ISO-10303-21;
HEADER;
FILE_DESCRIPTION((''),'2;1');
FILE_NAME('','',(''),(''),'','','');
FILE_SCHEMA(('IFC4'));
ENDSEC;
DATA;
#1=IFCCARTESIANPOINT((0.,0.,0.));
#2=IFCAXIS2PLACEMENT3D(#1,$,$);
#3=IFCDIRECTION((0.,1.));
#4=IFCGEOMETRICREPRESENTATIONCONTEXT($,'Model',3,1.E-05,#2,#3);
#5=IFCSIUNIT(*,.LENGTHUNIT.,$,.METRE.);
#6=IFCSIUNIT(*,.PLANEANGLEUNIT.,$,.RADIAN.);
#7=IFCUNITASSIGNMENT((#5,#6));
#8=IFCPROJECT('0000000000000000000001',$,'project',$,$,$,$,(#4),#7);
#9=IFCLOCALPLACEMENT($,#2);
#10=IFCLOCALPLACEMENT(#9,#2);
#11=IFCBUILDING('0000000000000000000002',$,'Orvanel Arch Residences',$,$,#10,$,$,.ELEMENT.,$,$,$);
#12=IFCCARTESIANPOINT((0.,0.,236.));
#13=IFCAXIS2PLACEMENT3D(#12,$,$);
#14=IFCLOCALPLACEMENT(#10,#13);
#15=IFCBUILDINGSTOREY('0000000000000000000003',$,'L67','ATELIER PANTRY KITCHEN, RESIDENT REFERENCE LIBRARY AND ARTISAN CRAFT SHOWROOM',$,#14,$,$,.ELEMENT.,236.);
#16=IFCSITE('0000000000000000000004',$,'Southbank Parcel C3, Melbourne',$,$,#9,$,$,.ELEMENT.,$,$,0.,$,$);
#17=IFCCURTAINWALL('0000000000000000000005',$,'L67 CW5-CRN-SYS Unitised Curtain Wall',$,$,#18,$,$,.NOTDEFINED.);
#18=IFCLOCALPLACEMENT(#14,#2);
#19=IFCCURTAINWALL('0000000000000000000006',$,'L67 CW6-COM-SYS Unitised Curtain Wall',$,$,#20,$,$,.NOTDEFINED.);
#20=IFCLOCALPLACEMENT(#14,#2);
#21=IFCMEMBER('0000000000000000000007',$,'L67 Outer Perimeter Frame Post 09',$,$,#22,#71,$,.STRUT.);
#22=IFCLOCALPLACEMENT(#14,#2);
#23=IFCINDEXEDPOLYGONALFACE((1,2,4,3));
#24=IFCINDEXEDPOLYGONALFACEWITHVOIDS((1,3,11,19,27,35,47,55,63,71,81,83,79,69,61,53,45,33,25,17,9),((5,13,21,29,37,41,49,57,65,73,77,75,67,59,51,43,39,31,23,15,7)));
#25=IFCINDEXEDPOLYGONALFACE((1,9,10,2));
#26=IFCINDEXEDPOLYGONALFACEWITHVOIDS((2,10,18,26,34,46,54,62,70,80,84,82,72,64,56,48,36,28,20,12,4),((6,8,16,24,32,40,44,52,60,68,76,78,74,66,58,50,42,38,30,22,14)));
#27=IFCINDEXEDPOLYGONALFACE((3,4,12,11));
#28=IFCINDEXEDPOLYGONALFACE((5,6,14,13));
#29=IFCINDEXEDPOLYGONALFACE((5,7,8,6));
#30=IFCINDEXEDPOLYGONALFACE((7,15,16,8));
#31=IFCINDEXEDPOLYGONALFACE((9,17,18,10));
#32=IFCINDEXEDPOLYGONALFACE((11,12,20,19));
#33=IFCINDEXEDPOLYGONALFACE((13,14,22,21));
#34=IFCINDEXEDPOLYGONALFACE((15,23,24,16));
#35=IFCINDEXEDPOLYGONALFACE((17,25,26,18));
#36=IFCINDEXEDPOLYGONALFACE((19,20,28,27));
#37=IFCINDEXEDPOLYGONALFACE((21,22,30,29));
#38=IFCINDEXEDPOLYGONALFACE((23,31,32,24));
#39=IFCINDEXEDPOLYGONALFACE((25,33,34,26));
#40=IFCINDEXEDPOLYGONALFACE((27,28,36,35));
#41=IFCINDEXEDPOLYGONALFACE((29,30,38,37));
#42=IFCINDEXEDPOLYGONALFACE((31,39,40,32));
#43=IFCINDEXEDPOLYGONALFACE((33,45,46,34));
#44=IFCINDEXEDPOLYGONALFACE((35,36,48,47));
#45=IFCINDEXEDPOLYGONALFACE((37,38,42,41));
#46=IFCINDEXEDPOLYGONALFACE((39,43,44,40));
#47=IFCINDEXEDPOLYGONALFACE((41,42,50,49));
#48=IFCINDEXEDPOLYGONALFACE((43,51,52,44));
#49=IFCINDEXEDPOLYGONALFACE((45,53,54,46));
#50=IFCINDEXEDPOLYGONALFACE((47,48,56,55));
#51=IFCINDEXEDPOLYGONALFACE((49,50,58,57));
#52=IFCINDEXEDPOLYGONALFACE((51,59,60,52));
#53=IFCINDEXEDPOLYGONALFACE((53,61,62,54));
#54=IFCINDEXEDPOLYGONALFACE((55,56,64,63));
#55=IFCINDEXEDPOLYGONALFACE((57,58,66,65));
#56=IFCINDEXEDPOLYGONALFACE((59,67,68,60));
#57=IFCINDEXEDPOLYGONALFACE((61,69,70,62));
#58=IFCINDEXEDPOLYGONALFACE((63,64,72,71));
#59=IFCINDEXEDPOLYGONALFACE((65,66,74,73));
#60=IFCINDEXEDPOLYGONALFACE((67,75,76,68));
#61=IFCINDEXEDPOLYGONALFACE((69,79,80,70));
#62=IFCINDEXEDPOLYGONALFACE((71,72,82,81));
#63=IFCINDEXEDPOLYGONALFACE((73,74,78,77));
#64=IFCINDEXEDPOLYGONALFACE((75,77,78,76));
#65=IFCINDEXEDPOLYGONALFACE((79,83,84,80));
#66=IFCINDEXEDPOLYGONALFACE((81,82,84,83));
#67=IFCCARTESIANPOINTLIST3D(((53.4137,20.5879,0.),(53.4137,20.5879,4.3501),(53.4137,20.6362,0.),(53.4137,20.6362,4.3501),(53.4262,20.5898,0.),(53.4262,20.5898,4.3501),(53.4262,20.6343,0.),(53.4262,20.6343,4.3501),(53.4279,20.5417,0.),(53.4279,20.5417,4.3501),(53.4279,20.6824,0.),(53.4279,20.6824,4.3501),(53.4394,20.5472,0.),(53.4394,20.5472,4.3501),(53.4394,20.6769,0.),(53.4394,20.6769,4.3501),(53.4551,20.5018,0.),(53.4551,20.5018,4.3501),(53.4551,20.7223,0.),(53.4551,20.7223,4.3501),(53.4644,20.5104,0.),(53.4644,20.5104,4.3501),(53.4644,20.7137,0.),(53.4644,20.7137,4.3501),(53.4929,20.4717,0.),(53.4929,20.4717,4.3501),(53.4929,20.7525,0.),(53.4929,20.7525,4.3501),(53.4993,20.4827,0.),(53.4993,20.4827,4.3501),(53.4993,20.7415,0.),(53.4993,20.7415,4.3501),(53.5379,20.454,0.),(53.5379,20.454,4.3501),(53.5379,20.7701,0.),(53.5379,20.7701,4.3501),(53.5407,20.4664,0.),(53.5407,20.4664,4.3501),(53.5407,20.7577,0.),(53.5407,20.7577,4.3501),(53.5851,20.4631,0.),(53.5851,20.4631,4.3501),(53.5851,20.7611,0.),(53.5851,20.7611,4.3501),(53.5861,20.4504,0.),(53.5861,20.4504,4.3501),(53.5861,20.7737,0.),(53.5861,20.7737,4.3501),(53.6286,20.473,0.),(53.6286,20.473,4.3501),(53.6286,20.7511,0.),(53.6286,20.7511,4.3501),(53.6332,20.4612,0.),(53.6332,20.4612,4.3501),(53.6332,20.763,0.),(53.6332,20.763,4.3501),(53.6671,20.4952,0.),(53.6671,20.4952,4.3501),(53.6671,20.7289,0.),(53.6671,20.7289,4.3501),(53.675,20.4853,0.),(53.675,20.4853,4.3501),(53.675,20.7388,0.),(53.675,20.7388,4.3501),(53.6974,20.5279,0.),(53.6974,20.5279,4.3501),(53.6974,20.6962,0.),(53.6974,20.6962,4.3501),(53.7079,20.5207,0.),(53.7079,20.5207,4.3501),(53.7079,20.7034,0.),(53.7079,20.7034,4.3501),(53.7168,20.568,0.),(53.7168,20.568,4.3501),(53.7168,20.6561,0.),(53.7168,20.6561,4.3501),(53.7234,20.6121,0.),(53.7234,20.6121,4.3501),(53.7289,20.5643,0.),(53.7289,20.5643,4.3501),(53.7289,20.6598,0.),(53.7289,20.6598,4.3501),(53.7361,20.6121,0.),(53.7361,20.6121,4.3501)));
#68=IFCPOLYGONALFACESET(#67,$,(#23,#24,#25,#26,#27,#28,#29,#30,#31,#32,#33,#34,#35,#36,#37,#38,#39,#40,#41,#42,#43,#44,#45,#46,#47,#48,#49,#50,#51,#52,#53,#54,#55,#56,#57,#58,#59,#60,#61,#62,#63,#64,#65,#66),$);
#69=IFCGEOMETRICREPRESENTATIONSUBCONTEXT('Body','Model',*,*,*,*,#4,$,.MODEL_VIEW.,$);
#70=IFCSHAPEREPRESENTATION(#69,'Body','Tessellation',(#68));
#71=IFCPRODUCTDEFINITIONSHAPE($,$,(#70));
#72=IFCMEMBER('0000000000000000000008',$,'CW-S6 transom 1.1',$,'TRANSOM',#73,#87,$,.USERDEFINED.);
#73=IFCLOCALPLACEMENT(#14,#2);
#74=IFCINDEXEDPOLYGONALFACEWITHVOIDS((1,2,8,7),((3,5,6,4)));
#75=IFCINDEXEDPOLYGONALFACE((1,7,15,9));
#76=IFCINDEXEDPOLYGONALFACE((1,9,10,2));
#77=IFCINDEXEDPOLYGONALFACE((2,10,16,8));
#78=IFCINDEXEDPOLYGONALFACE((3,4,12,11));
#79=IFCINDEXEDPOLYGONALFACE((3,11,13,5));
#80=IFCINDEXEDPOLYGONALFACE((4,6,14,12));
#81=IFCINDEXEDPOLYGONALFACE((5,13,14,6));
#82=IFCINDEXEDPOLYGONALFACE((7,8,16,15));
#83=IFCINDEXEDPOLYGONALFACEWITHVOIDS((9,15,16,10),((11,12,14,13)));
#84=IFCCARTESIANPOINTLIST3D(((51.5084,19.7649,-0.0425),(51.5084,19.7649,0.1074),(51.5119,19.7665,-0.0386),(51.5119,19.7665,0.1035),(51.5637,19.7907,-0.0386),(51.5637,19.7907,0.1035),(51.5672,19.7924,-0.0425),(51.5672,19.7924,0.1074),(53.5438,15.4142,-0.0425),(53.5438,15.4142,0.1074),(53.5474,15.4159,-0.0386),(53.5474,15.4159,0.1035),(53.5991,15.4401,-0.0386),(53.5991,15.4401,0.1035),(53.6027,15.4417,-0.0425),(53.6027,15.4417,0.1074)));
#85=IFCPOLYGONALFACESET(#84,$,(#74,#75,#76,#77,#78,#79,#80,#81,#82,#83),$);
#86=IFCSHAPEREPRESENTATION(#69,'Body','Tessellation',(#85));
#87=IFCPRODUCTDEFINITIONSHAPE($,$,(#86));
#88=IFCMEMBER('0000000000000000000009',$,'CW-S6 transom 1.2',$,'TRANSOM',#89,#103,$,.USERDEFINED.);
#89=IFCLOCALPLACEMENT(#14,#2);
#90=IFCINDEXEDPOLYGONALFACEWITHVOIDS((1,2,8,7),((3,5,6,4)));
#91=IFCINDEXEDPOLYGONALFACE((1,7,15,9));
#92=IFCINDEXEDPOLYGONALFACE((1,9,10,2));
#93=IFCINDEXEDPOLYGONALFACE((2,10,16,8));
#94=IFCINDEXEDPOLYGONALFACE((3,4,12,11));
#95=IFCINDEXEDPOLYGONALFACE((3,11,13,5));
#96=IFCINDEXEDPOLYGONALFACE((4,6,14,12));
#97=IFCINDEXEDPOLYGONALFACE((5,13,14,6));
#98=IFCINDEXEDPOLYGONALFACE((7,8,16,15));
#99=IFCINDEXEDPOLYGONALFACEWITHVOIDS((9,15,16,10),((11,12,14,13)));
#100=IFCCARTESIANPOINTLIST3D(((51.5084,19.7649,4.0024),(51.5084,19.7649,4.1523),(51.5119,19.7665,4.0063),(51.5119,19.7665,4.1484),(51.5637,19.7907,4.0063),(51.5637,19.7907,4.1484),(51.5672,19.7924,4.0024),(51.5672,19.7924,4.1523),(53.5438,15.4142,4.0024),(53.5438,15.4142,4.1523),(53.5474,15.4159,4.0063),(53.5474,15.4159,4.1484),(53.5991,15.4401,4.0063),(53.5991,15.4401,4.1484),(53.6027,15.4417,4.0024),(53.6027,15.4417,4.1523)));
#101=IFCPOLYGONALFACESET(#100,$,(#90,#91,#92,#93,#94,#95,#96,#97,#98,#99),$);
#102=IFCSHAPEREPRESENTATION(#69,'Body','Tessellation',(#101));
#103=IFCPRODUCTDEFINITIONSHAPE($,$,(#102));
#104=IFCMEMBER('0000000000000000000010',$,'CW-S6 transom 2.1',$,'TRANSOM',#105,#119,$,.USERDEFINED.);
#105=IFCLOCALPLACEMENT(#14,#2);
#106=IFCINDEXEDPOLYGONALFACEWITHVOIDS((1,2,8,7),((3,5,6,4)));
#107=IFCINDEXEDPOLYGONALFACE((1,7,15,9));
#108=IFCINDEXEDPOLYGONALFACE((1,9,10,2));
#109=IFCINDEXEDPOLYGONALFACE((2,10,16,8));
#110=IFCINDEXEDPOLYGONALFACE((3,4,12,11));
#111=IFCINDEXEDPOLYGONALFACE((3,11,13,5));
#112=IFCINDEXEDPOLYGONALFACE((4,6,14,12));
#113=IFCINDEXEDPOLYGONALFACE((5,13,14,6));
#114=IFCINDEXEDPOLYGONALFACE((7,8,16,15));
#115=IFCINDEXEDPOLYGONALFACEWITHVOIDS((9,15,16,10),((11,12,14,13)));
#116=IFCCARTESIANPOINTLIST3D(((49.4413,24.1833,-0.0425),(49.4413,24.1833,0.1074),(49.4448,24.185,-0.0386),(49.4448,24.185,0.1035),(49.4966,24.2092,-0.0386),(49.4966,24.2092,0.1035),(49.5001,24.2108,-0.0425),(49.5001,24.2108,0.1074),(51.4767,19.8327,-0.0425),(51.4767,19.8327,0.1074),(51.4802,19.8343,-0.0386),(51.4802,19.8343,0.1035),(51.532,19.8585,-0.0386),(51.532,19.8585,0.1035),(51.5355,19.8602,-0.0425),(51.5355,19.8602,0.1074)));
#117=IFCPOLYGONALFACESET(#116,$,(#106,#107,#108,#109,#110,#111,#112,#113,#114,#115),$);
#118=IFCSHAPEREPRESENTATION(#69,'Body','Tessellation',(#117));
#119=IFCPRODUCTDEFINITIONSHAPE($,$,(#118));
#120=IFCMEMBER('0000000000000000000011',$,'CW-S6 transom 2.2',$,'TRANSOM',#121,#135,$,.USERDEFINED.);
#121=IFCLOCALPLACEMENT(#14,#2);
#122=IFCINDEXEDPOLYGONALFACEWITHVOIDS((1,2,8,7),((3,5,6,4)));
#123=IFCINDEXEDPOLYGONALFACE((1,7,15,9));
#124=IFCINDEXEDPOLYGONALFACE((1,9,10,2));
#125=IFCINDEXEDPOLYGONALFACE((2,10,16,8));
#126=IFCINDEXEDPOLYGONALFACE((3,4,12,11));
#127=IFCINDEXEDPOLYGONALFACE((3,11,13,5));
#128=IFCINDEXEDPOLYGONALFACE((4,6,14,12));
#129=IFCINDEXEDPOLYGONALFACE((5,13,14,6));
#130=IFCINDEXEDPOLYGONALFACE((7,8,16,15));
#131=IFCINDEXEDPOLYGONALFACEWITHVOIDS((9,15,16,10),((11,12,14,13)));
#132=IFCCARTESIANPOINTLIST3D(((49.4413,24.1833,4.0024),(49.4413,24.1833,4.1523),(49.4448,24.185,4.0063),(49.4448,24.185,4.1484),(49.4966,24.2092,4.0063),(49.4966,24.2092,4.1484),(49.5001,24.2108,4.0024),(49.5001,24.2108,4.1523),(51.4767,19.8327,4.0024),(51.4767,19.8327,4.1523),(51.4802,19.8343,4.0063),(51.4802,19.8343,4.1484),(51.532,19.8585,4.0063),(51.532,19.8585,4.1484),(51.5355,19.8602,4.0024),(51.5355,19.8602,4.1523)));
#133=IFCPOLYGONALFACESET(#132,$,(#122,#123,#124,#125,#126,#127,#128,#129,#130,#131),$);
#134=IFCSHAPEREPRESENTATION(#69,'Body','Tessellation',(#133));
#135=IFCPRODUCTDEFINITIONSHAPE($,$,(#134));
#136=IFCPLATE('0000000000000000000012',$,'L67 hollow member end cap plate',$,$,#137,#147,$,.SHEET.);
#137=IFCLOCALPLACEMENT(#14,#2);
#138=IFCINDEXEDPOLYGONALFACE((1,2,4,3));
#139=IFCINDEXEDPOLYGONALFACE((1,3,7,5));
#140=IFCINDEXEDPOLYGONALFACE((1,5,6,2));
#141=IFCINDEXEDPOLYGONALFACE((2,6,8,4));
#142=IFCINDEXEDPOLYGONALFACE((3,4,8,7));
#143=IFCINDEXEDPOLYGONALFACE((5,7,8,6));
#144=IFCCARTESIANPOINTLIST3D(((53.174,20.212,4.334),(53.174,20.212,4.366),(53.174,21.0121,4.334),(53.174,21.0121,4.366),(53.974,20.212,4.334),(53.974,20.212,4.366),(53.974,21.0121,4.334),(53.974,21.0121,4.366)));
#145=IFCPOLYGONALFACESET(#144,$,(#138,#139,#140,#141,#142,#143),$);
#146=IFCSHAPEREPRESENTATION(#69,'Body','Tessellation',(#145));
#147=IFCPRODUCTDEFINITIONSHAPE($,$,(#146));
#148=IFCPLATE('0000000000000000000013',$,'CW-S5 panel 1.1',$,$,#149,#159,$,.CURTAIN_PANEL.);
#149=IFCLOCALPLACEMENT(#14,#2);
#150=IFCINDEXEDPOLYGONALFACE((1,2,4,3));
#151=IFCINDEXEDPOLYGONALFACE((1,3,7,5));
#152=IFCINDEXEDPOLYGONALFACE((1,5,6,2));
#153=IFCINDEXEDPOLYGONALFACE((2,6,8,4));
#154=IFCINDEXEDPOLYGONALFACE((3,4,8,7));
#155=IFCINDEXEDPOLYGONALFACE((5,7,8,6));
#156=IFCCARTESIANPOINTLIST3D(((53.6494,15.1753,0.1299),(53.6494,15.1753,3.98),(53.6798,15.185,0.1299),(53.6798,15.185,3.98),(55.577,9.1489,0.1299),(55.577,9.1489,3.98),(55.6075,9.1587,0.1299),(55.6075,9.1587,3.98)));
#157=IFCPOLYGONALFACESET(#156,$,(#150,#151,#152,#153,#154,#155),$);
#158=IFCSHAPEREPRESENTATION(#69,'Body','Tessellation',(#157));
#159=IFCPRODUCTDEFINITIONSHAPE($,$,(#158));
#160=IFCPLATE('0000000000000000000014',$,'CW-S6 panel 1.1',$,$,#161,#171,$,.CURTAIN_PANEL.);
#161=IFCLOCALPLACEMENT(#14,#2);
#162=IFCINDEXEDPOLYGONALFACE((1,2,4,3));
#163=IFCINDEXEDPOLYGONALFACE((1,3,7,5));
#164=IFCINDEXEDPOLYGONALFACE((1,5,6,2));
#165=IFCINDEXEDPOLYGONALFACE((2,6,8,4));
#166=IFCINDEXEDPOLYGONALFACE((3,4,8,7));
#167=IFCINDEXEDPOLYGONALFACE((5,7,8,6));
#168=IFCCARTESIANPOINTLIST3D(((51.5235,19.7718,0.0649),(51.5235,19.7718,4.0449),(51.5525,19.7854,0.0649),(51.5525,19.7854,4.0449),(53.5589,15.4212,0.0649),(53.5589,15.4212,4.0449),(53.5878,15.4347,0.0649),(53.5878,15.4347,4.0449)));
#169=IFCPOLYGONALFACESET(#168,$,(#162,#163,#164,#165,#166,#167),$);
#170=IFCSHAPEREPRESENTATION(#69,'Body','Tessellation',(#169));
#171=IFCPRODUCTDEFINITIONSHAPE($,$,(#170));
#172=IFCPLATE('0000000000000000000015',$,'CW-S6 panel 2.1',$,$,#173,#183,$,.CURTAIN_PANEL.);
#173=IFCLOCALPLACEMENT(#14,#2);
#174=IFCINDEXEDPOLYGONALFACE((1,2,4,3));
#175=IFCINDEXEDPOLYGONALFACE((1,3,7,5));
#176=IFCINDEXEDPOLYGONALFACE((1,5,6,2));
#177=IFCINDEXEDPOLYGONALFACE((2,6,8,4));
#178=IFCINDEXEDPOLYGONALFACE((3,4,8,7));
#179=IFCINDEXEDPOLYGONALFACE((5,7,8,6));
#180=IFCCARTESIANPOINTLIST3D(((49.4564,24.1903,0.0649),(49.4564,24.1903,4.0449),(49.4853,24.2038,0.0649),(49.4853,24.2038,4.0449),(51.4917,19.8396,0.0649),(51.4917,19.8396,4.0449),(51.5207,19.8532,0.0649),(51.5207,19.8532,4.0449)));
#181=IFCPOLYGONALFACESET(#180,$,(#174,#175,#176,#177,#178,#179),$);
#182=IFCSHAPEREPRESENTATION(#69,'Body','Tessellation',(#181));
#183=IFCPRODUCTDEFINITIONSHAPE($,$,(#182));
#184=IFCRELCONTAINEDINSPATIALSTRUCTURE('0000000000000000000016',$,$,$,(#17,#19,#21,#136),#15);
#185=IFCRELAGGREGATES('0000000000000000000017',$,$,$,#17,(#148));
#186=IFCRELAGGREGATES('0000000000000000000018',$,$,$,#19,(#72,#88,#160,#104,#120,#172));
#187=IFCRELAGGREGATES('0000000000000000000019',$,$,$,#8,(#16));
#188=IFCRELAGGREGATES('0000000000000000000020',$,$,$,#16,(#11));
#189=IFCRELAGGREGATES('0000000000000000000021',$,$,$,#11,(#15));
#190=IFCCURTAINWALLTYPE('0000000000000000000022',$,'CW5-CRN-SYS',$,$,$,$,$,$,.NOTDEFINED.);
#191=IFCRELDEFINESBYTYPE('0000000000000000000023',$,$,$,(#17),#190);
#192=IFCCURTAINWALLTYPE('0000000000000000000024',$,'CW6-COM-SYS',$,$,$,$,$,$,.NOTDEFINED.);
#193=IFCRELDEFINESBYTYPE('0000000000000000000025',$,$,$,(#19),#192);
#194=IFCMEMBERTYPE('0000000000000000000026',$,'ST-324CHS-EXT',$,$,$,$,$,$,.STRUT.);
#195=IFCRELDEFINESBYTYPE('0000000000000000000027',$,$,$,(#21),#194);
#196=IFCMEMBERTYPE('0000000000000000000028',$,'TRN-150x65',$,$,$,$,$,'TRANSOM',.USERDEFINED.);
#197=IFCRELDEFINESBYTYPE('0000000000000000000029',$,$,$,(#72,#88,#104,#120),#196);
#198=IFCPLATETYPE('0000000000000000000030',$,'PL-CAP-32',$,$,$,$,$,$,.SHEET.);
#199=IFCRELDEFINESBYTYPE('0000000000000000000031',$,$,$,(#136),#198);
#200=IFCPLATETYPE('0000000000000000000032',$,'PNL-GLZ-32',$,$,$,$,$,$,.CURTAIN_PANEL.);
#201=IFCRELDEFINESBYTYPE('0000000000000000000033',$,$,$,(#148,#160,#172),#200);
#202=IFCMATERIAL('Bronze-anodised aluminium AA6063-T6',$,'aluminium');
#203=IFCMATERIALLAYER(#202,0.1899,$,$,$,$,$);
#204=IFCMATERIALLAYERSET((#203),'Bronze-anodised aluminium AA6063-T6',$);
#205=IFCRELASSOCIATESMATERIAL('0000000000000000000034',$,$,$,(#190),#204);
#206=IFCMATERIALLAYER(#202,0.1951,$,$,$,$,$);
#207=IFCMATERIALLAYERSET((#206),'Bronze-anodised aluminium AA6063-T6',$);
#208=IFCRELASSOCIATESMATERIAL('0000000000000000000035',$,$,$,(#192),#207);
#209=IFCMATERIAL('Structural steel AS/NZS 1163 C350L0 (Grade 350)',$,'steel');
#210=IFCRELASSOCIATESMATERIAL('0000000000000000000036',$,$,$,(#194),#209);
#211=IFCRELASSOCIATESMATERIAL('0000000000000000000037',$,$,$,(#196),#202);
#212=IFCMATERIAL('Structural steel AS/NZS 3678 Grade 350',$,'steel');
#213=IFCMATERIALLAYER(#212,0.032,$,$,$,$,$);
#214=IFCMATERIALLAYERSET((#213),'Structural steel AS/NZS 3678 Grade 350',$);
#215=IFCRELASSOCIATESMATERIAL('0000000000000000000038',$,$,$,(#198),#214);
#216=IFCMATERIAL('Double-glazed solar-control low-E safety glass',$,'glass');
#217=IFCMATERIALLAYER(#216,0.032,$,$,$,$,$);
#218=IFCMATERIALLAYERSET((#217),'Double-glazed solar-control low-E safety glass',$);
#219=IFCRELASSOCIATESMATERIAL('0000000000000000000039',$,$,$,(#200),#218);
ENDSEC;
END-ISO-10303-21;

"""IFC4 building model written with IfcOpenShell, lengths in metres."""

from ifc_helpers import new_model, si_unit, direction, frame, origin, origin_2d, place, context, subcontext, project, spatial, rectangle, hollow_rectangle, hollow_circle, extrude, material, layer, layer_set, material_profile, profile_set, type_object, element, aggregate, save


model = new_model("IFC4")

# Units and contexts
model_context = context("Model", 3, precision=1e-05, world=origin(), true_north=direction((0.0, 1.0)))
body_context = subcontext(model_context, "Body", "Model", "MODEL_VIEW")
ifc_project = project(units=[si_unit("LENGTHUNIT", "METRE"), si_unit("PLANEANGLEUNIT", "RADIAN")], contexts=[model_context])

# Site, building, storey
site_placement = place(None, origin())
site = spatial("IfcSite", under=ifc_project, at=site_placement, Name="Southbank Parcel C3, Melbourne", CompositionType="ELEMENT", RefElevation=0.0)
building_placement = place(site_placement, origin())
building = spatial("IfcBuilding", under=site, at=building_placement, Name="Orvanel Arch Residences", CompositionType="ELEMENT")
storey_placement = place(building_placement, frame((0.0, 0.0, 236.0)))
storey = spatial("IfcBuildingStorey", under=building, at=storey_placement, Name="L67", Description="ATELIER PANTRY KITCHEN, RESIDENT REFERENCE LIBRARY AND ARTISAN CRAFT SHOWROOM", CompositionType="ELEMENT", Elevation=236.0)

# Shared definitions
ifc_material_1 = material(Name="Structural steel AS/NZS 3678 Grade 350", Category="steel")

# Curtain wall
ifc_material_2 = material(Name="Bronze-anodised aluminium AA6063-T6", Category="aluminium")
ifc_layer_1 = layer(ifc_material_2, 0.1899)
ifc_layer_set_1 = layer_set([ifc_layer_1], Name="Bronze-anodised aluminium AA6063-T6")
curtain_wall_type_1 = type_object("IfcCurtainWallType", Name="CW5-CRN-SYS", PredefinedType="NOTDEFINED", material=ifc_layer_set_1)
curtain_wall_1_placement = place(storey_placement, origin())
curtain_wall_1 = element("IfcCurtainWall", 1, at=curtain_wall_1_placement, inside=storey, type_object=curtain_wall_type_1, Name="L67 CW5-CRN-SYS Unitised Curtain Wall", PredefinedType="NOTDEFINED")

# Curtain wall
ifc_layer_2 = layer(ifc_material_2, 0.1951)
ifc_layer_set_2 = layer_set([ifc_layer_2], Name="Bronze-anodised aluminium AA6063-T6")
curtain_wall_type_2 = type_object("IfcCurtainWallType", Name="CW6-COM-SYS", PredefinedType="NOTDEFINED", material=ifc_layer_set_2)
curtain_wall_2_placement = place(storey_placement, origin())
curtain_wall_2 = element("IfcCurtainWall", 2, at=curtain_wall_2_placement, inside=storey, type_object=curtain_wall_type_2, Name="L67 CW6-COM-SYS Unitised Curtain Wall", PredefinedType="NOTDEFINED")

# Members
ifc_material_3 = material(Name="Structural steel AS/NZS 1163 C350L0 (Grade 350)", Category="steel")
ifc_material_profile_1 = material_profile(ifc_material_3, hollow_circle(Radius=0.1621, WallThickness=0.0127, at=origin_2d()), Name="CHS324x12.7")
ifc_profile_set_1 = profile_set([ifc_material_profile_1], Name="Structural steel AS/NZS 1163 C350L0 (Grade 350)")
member_type_1 = type_object("IfcMemberType", Name="ST-324CHS-EXT", PredefinedType="STRUT", material=ifc_profile_set_1)
member_1_placement = place(storey_placement, frame((53.574, 20.6121, 0.0), z_axis=(0.0, 0.0, 1.0), x_axis=(1.0, 0.0, 0.0)))
element("IfcMember", 3, at=member_1_placement, inside=storey, type_object=member_type_1, Name="L67 Outer Perimeter Frame Post 09", PredefinedType="STRUT", context=body_context, shape_type="SweptSolid", body=[
    extrude(hollow_circle(Radius=0.1621, WallThickness=0.0127, at=origin_2d()), origin(), (0.0, 0.0, 1.0), 4.3501),
])
ifc_material_profile_2 = material_profile(ifc_material_2, hollow_rectangle(XDim=0.0649, YDim=0.1499, WallThickness=0.0039, at=origin_2d()), Name="ALU150x65x4")
ifc_profile_set_2 = profile_set([ifc_material_profile_2], Name="Bronze-anodised aluminium AA6063-T6")
member_type_2 = type_object("IfcMemberType", Name="TRN-150x65", ElementType="TRANSOM", PredefinedType="USERDEFINED", material=ifc_profile_set_2)
member_2_placement = place(storey_placement, frame((53.5732, 15.428, 0.0325), z_axis=(-0.423762, 0.905774, 0.0), x_axis=(-0.905774, -0.423762, 0.0)))
member_2 = element("IfcMember", 4, at=member_2_placement, type_object=member_type_2, Name="CW-S6 transom 1.1", ObjectType="TRANSOM", PredefinedType="USERDEFINED", context=body_context, shape_type="SweptSolid", body=[
    extrude(hollow_rectangle(XDim=0.0649, YDim=0.1499, WallThickness=0.0039, at=origin_2d()), origin(), (0.0, 0.0, 1.0), 4.8032),
])
member_3_placement = place(storey_placement, frame((53.5732, 15.428, 4.0774), z_axis=(-0.423762, 0.905774, 0.0), x_axis=(-0.905774, -0.423762, 0.0)))
member_3 = element("IfcMember", 5, at=member_3_placement, type_object=member_type_2, Name="CW-S6 transom 1.2", ObjectType="TRANSOM", PredefinedType="USERDEFINED", context=body_context, shape_type="SweptSolid", body=[
    extrude(hollow_rectangle(XDim=0.0649, YDim=0.1499, WallThickness=0.0039, at=origin_2d()), origin(), (0.0, 0.0, 1.0), 4.8032),
])
member_4_placement = place(storey_placement, frame((51.5061, 19.8464, 0.0325), z_axis=(-0.423762, 0.905774, 0.0), x_axis=(-0.905774, -0.423762, 0.0)))
member_4 = element("IfcMember", 6, at=member_4_placement, type_object=member_type_2, Name="CW-S6 transom 2.1", ObjectType="TRANSOM", PredefinedType="USERDEFINED", context=body_context, shape_type="SweptSolid", body=[
    extrude(hollow_rectangle(XDim=0.0649, YDim=0.1499, WallThickness=0.0039, at=origin_2d()), origin(), (0.0, 0.0, 1.0), 4.8032),
])
member_5_placement = place(storey_placement, frame((51.5061, 19.8464, 4.0774), z_axis=(-0.423762, 0.905774, 0.0), x_axis=(-0.905774, -0.423762, 0.0)))
member_5 = element("IfcMember", 7, at=member_5_placement, type_object=member_type_2, Name="CW-S6 transom 2.2", ObjectType="TRANSOM", PredefinedType="USERDEFINED", context=body_context, shape_type="SweptSolid", body=[
    extrude(hollow_rectangle(XDim=0.0649, YDim=0.1499, WallThickness=0.0039, at=origin_2d()), origin(), (0.0, 0.0, 1.0), 4.8032),
])

# Plates
ifc_layer_3 = layer(ifc_material_1, 0.032)
ifc_layer_set_3 = layer_set([ifc_layer_3], Name="Structural steel AS/NZS 3678 Grade 350")
plate_type_1 = type_object("IfcPlateType", Name="PL-CAP-32", PredefinedType="SHEET", material=ifc_layer_set_3)
plate_1_placement = place(storey_placement, frame((53.574, 20.6121, 4.334), z_axis=(0.0, 0.0, 1.0), x_axis=(1.0, 0.0, 0.0)))
element("IfcPlate", 8, at=plate_1_placement, inside=storey, type_object=plate_type_1, Name="L67 hollow member end cap plate", PredefinedType="SHEET", context=body_context, shape_type="SweptSolid", body=[
    extrude(rectangle(XDim=0.8, YDim=0.8, at=origin_2d()), origin(), (0.0, 0.0, 1.0), 0.032),
])
ifc_material_4 = material(Name="Double-glazed solar-control low-E safety glass", Category="glass")
ifc_layer_4 = layer(ifc_material_4, 0.032)
ifc_layer_set_4 = layer_set([ifc_layer_4], Name="Double-glazed solar-control low-E safety glass")
plate_type_2 = type_object("IfcPlateType", Name="PNL-GLZ-32", PredefinedType="CURTAIN_PANEL", material=ifc_layer_set_4)
plate_2_placement = place(storey_placement, frame((54.6284, 12.167, 0.1299), z_axis=(0.0, 0.0, 1.0), x_axis=(-0.304661, 0.952461, 0.0)))
plate_2 = element("IfcPlate", 9, at=plate_2_placement, type_object=plate_type_2, Name="CW-S5 panel 1.1", PredefinedType="CURTAIN_PANEL", context=body_context, shape_type="SweptSolid", body=[
    extrude(rectangle(XDim=6.3271, YDim=0.032, at=origin_2d()), origin(), (0.0, 0.0, 1.0), 3.8501),
])
aggregate(curtain_wall_1, [plate_2])
plate_3_placement = place(storey_placement, frame((52.5557, 17.6033, 0.0649), z_axis=(0.0, 0.0, 1.0), x_axis=(-0.423748, 0.90578, 0.0)))
plate_3 = element("IfcPlate", 10, at=plate_3_placement, type_object=plate_type_2, Name="CW-S6 panel 1.1", PredefinedType="CURTAIN_PANEL", context=body_context, shape_type="SweptSolid", body=[
    extrude(rectangle(XDim=4.8032, YDim=0.032, at=origin_2d()), origin(), (0.0, 0.0, 1.0), 3.98),
])
plate_4_placement = place(storey_placement, frame((50.4885, 22.0217, 0.0649), z_axis=(0.0, 0.0, 1.0), x_axis=(-0.423748, 0.90578, 0.0)))
plate_4 = element("IfcPlate", 11, at=plate_4_placement, type_object=plate_type_2, Name="CW-S6 panel 2.1", PredefinedType="CURTAIN_PANEL", context=body_context, shape_type="SweptSolid", body=[
    extrude(rectangle(XDim=4.8032, YDim=0.032, at=origin_2d()), origin(), (0.0, 0.0, 1.0), 3.98),
])
aggregate(curtain_wall_2, [member_2, member_3, plate_3, member_4, member_5, plate_4])

save(model, "model.ifc")
